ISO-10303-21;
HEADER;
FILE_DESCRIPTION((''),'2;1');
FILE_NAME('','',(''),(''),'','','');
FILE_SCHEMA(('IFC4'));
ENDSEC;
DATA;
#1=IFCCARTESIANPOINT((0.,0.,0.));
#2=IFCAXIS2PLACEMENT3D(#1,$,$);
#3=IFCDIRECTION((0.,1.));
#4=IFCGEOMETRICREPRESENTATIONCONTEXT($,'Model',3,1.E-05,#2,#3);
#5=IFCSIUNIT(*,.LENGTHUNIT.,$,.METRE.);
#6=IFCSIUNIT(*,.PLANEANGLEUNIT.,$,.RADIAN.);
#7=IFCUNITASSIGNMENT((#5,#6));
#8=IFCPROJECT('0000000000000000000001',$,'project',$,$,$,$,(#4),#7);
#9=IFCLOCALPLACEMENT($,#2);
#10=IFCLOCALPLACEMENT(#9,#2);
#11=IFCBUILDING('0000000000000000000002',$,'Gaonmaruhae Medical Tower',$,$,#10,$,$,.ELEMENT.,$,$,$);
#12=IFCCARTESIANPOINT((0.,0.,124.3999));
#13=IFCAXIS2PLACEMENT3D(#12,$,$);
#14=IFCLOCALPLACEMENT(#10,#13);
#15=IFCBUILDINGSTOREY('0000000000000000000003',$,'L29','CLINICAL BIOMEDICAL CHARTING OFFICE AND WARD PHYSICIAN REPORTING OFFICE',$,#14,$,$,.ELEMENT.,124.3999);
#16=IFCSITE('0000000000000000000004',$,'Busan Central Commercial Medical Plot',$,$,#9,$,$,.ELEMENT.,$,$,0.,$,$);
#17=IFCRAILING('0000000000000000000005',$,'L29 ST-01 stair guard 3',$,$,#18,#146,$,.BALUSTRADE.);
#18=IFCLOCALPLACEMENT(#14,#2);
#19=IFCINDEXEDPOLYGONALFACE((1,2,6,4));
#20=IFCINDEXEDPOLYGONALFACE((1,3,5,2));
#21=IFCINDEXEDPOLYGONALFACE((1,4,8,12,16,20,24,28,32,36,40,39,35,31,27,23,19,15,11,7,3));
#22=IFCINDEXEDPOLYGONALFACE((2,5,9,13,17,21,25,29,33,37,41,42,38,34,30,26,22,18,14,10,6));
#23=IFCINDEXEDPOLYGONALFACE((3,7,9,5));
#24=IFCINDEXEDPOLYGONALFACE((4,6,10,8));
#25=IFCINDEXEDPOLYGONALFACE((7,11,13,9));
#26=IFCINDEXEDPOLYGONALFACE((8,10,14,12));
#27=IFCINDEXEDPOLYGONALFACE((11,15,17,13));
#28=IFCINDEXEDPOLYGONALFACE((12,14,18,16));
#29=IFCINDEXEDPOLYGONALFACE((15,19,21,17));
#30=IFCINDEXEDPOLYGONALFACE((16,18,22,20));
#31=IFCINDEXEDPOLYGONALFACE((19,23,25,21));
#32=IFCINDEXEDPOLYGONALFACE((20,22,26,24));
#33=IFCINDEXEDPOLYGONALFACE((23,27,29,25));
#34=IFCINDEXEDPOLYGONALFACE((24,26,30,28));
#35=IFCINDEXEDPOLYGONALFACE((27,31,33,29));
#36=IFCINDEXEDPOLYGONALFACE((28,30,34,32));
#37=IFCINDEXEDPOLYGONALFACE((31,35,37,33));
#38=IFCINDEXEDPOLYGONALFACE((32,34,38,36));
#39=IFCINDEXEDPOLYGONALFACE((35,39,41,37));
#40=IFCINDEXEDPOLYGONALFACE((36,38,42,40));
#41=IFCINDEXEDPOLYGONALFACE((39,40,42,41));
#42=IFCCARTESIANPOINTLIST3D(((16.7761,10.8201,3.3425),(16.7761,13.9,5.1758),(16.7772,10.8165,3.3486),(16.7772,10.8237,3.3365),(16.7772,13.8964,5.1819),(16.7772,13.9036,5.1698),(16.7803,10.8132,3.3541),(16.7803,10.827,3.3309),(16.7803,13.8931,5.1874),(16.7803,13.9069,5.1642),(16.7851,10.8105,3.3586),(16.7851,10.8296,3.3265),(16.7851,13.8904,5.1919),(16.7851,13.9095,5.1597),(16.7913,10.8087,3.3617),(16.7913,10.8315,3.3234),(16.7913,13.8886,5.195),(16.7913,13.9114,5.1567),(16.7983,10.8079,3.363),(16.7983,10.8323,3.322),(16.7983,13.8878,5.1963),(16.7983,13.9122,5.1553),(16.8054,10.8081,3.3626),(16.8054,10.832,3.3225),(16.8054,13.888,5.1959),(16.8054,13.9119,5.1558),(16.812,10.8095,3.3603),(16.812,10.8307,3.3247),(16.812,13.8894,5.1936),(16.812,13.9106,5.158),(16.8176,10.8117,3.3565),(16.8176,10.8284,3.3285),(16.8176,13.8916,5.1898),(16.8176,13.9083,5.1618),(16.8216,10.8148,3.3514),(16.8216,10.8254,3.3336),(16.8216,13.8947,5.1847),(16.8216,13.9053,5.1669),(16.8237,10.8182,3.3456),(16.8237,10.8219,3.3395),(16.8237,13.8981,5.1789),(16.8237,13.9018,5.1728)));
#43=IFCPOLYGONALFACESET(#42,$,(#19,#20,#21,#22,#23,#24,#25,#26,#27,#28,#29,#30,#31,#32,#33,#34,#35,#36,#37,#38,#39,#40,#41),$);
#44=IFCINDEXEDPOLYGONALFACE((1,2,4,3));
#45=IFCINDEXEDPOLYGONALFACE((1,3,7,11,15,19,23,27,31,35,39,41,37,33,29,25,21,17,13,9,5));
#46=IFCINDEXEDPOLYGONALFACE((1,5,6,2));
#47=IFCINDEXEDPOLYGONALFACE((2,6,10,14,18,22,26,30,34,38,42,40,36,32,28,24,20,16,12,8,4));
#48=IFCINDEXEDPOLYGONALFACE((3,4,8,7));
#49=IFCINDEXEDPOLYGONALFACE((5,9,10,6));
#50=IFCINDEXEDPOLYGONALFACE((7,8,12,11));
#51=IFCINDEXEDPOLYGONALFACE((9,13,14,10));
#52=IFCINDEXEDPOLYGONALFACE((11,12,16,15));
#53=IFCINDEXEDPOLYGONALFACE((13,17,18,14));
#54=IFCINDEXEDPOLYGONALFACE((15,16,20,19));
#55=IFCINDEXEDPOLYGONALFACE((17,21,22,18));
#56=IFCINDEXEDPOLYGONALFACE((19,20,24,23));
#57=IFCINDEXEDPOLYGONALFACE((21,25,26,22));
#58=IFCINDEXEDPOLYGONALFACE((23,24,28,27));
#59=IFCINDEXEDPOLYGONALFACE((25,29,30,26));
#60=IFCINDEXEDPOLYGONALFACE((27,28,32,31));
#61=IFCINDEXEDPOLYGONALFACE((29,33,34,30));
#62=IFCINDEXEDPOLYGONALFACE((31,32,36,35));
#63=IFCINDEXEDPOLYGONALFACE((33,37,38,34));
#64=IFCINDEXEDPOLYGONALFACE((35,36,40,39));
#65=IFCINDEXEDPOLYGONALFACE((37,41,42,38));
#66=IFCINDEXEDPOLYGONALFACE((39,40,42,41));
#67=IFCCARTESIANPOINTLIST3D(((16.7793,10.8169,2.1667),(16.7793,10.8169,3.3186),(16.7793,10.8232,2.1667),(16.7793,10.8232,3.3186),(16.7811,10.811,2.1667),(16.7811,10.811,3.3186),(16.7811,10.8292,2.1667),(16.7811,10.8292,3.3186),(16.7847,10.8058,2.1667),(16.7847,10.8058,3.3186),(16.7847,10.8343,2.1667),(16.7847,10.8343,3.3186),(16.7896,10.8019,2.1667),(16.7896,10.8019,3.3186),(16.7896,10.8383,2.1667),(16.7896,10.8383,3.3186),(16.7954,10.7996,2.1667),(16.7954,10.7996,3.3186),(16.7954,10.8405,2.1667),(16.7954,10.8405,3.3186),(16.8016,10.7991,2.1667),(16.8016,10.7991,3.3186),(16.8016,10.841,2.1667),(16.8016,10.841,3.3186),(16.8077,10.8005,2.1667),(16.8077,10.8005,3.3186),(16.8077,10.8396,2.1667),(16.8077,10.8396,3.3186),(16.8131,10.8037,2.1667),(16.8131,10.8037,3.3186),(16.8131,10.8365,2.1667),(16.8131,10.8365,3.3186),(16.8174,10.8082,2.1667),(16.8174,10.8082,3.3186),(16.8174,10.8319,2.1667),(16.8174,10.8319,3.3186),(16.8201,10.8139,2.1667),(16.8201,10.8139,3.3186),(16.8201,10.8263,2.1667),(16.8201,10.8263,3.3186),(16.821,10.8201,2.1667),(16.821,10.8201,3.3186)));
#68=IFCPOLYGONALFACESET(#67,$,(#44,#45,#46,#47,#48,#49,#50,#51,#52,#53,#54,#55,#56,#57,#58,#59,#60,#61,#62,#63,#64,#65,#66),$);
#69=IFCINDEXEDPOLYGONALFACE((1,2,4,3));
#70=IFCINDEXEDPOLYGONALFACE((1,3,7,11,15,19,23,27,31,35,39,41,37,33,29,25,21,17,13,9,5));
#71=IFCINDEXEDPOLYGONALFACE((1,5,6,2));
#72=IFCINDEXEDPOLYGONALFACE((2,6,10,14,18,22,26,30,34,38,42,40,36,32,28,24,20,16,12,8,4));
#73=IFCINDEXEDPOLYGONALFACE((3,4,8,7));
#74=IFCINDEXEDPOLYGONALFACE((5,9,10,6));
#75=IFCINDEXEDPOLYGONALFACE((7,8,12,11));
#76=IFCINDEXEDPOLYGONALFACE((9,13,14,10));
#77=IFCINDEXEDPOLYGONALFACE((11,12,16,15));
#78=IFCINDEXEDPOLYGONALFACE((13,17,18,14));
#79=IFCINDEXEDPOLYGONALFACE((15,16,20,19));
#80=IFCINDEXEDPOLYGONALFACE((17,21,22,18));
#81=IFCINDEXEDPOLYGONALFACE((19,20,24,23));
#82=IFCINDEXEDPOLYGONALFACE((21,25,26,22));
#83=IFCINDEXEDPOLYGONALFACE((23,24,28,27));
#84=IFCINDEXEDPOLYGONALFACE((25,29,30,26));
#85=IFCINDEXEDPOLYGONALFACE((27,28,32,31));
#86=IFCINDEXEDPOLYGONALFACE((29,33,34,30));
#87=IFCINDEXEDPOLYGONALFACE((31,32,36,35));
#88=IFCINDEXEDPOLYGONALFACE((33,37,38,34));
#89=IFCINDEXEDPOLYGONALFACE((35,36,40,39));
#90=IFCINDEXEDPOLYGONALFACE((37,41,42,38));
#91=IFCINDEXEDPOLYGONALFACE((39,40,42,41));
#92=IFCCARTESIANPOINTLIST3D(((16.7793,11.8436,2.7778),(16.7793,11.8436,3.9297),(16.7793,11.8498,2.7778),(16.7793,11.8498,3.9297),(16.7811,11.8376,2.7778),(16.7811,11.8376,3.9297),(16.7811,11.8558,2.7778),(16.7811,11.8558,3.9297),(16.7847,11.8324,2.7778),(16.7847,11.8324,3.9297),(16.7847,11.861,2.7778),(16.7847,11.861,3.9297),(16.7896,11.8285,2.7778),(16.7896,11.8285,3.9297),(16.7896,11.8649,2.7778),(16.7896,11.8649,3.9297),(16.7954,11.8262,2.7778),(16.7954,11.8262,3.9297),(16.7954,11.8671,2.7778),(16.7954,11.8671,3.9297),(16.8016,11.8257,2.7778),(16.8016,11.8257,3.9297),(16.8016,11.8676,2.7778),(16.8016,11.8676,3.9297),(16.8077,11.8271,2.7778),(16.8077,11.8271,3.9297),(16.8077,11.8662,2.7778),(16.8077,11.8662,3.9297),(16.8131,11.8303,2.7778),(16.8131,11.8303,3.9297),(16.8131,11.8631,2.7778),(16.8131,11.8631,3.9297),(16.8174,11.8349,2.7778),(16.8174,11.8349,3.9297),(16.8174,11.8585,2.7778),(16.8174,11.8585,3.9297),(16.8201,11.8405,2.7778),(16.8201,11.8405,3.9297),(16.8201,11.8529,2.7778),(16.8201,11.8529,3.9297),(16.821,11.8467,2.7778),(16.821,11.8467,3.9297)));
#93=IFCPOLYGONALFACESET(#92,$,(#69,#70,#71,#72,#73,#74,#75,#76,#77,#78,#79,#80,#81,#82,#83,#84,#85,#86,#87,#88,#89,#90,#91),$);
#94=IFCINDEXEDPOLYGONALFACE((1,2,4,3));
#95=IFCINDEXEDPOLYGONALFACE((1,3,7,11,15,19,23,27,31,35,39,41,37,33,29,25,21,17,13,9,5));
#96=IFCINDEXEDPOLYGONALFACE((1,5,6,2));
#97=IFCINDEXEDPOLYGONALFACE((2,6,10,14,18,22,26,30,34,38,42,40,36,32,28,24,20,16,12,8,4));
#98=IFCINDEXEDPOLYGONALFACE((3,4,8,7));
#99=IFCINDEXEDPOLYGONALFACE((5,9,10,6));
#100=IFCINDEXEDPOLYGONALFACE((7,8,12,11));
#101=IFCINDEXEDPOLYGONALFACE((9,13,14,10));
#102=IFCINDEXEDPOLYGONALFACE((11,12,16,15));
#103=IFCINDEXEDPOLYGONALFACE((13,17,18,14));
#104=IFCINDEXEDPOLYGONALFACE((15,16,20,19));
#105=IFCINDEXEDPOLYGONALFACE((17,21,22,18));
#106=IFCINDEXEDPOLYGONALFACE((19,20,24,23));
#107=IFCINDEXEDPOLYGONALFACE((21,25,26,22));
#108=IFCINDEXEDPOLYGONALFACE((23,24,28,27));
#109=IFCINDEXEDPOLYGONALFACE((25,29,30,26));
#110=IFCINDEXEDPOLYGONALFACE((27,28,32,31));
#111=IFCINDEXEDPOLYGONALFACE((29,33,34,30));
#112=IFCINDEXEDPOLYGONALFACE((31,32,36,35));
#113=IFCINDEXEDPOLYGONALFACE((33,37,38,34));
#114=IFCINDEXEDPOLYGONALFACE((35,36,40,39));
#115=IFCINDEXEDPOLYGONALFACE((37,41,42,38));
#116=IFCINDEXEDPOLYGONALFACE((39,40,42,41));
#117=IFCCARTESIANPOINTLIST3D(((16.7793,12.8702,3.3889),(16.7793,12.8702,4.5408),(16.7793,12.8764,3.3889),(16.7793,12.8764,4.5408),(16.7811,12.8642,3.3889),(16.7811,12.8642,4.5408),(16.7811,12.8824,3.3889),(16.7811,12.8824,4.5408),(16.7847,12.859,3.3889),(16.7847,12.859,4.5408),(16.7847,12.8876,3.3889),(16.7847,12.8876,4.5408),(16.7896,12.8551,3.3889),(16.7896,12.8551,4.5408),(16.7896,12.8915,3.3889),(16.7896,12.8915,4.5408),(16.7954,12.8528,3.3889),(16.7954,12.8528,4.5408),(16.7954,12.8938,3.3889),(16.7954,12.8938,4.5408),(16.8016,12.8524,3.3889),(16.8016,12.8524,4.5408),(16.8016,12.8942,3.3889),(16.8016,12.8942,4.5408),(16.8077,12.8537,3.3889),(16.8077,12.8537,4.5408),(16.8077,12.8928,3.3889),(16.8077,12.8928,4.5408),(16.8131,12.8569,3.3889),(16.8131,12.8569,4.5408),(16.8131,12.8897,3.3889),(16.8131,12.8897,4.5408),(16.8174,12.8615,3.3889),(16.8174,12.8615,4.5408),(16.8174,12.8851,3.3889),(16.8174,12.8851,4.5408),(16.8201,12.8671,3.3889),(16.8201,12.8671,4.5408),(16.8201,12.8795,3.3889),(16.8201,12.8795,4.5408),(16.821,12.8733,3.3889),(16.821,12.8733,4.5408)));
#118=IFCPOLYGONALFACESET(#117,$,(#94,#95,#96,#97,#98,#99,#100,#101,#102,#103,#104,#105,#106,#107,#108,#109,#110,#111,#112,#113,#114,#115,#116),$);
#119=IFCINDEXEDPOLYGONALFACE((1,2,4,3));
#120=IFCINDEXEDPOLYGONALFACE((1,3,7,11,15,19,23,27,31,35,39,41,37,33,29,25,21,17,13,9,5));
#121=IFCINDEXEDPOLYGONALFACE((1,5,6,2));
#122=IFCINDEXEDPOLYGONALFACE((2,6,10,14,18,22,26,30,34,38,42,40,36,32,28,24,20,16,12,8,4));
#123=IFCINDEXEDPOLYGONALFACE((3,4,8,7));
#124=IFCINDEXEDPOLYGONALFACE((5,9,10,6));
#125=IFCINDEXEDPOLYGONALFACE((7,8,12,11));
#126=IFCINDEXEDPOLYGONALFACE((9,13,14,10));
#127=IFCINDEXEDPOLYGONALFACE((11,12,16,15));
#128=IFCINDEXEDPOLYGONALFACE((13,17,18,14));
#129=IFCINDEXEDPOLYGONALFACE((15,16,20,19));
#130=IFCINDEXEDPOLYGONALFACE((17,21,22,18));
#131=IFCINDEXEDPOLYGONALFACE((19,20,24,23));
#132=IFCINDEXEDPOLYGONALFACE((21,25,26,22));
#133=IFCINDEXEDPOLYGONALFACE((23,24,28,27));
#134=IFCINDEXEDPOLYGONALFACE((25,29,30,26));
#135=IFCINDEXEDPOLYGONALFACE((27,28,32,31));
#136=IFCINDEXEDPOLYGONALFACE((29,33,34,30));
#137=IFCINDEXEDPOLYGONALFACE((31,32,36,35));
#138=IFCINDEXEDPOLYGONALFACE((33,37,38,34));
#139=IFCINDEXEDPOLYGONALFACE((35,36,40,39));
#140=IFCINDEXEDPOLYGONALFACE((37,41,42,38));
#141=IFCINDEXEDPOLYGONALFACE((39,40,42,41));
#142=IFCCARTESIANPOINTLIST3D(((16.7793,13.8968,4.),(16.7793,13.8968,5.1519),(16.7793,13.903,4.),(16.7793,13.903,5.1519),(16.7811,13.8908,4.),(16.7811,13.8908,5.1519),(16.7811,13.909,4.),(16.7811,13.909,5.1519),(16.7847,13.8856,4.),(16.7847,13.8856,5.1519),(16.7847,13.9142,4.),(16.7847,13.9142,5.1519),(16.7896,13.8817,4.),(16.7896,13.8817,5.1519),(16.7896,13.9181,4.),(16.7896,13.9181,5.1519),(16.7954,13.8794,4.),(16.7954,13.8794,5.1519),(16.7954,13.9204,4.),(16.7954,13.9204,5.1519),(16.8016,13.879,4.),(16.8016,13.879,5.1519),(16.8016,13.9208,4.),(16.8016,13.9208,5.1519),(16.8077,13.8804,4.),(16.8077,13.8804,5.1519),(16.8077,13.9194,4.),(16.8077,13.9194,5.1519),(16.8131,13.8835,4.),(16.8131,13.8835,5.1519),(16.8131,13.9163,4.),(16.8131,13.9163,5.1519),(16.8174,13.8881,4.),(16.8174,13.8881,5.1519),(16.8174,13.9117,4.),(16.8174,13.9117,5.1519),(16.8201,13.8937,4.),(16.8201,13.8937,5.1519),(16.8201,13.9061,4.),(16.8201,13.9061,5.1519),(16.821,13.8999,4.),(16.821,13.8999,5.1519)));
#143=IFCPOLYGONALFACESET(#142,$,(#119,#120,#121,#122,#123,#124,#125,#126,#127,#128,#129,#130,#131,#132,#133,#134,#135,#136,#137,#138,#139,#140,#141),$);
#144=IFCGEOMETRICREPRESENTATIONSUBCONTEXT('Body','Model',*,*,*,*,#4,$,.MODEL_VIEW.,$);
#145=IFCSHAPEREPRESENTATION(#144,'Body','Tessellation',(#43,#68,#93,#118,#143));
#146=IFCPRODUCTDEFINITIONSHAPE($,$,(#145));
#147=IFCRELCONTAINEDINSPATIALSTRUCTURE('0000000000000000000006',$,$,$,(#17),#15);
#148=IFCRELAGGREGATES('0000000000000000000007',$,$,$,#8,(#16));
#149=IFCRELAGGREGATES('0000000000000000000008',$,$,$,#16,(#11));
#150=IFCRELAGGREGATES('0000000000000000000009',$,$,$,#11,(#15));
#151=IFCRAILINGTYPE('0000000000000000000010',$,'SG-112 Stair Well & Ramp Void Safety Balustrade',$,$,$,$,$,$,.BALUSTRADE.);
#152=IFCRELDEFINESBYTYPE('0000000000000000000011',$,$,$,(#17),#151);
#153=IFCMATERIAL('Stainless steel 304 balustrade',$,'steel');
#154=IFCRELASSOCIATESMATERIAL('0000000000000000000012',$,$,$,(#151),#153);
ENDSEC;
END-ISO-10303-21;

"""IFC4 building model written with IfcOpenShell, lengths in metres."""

from ifc_helpers import new_model, si_unit, direction, frame, origin, origin_2d, place, context, subcontext, project, spatial, circle, extrude, material, type_object, element, save


model = new_model("IFC4")

# Units and contexts
model_context = context("Model", 3, precision=1e-05, world=origin(), true_north=direction((0.0, 1.0)))
body_context = subcontext(model_context, "Body", "Model", "MODEL_VIEW")
ifc_project = project(units=[si_unit("LENGTHUNIT", "METRE"), si_unit("PLANEANGLEUNIT", "RADIAN")], contexts=[model_context])

# Site, building, storey
site_placement = place(None, origin())
site = spatial("IfcSite", under=ifc_project, at=site_placement, Name="Busan Central Commercial Medical Plot", CompositionType="ELEMENT", RefElevation=0.0)
building_placement = place(site_placement, origin())
building = spatial("IfcBuilding", under=site, at=building_placement, Name="Gaonmaruhae Medical Tower", CompositionType="ELEMENT")
storey_placement = place(building_placement, frame((0.0, 0.0, 124.3999)))
storey = spatial("IfcBuildingStorey", under=building, at=storey_placement, Name="L29", Description="CLINICAL BIOMEDICAL CHARTING OFFICE AND WARD PHYSICIAN REPORTING OFFICE", CompositionType="ELEMENT", Elevation=124.3999)

# Railing
ifc_material_1 = material(Name="Stainless steel 304 balustrade", Category="steel")
railing_type_1 = type_object("IfcRailingType", Name="SG-112 Stair Well & Ramp Void Safety Balustrade", PredefinedType="BALUSTRADE", material=ifc_material_1)
railing_1_placement = place(storey_placement, frame((16.8, 10.8201, 2.1667)))
element("IfcRailing", 1, at=railing_1_placement, inside=storey, type_object=railing_type_1, Name="L29 ST-01 stair guard 3", PredefinedType="BALUSTRADE", context=body_context, shape_type="SweptSolid", body=[
    extrude(circle(Radius=0.0239, at=origin_2d()), frame((0.0, 0.0, 1.1758), z_axis=(0.0, 0.859291, 0.511487), x_axis=(-1.0, 0.0, 0.0)), (0.0, 0.0, 1.0), 3.5842),
    extrude(circle(Radius=0.021, at=origin_2d()), origin(), (0.0, 0.0, 1.0), 1.1519),
    extrude(circle(Radius=0.021, at=origin_2d()), frame((0.0, 1.0266, 0.6111)), (0.0, 0.0, 1.0), 1.1519),
    extrude(circle(Radius=0.021, at=origin_2d()), frame((0.0, 2.0532, 1.2222)), (0.0, 0.0, 1.0), 1.1519),
    extrude(circle(Radius=0.021, at=origin_2d()), frame((0.0, 3.0798, 1.8333)), (0.0, 0.0, 1.0), 1.1519),
])

save(model, "model.ifc")
